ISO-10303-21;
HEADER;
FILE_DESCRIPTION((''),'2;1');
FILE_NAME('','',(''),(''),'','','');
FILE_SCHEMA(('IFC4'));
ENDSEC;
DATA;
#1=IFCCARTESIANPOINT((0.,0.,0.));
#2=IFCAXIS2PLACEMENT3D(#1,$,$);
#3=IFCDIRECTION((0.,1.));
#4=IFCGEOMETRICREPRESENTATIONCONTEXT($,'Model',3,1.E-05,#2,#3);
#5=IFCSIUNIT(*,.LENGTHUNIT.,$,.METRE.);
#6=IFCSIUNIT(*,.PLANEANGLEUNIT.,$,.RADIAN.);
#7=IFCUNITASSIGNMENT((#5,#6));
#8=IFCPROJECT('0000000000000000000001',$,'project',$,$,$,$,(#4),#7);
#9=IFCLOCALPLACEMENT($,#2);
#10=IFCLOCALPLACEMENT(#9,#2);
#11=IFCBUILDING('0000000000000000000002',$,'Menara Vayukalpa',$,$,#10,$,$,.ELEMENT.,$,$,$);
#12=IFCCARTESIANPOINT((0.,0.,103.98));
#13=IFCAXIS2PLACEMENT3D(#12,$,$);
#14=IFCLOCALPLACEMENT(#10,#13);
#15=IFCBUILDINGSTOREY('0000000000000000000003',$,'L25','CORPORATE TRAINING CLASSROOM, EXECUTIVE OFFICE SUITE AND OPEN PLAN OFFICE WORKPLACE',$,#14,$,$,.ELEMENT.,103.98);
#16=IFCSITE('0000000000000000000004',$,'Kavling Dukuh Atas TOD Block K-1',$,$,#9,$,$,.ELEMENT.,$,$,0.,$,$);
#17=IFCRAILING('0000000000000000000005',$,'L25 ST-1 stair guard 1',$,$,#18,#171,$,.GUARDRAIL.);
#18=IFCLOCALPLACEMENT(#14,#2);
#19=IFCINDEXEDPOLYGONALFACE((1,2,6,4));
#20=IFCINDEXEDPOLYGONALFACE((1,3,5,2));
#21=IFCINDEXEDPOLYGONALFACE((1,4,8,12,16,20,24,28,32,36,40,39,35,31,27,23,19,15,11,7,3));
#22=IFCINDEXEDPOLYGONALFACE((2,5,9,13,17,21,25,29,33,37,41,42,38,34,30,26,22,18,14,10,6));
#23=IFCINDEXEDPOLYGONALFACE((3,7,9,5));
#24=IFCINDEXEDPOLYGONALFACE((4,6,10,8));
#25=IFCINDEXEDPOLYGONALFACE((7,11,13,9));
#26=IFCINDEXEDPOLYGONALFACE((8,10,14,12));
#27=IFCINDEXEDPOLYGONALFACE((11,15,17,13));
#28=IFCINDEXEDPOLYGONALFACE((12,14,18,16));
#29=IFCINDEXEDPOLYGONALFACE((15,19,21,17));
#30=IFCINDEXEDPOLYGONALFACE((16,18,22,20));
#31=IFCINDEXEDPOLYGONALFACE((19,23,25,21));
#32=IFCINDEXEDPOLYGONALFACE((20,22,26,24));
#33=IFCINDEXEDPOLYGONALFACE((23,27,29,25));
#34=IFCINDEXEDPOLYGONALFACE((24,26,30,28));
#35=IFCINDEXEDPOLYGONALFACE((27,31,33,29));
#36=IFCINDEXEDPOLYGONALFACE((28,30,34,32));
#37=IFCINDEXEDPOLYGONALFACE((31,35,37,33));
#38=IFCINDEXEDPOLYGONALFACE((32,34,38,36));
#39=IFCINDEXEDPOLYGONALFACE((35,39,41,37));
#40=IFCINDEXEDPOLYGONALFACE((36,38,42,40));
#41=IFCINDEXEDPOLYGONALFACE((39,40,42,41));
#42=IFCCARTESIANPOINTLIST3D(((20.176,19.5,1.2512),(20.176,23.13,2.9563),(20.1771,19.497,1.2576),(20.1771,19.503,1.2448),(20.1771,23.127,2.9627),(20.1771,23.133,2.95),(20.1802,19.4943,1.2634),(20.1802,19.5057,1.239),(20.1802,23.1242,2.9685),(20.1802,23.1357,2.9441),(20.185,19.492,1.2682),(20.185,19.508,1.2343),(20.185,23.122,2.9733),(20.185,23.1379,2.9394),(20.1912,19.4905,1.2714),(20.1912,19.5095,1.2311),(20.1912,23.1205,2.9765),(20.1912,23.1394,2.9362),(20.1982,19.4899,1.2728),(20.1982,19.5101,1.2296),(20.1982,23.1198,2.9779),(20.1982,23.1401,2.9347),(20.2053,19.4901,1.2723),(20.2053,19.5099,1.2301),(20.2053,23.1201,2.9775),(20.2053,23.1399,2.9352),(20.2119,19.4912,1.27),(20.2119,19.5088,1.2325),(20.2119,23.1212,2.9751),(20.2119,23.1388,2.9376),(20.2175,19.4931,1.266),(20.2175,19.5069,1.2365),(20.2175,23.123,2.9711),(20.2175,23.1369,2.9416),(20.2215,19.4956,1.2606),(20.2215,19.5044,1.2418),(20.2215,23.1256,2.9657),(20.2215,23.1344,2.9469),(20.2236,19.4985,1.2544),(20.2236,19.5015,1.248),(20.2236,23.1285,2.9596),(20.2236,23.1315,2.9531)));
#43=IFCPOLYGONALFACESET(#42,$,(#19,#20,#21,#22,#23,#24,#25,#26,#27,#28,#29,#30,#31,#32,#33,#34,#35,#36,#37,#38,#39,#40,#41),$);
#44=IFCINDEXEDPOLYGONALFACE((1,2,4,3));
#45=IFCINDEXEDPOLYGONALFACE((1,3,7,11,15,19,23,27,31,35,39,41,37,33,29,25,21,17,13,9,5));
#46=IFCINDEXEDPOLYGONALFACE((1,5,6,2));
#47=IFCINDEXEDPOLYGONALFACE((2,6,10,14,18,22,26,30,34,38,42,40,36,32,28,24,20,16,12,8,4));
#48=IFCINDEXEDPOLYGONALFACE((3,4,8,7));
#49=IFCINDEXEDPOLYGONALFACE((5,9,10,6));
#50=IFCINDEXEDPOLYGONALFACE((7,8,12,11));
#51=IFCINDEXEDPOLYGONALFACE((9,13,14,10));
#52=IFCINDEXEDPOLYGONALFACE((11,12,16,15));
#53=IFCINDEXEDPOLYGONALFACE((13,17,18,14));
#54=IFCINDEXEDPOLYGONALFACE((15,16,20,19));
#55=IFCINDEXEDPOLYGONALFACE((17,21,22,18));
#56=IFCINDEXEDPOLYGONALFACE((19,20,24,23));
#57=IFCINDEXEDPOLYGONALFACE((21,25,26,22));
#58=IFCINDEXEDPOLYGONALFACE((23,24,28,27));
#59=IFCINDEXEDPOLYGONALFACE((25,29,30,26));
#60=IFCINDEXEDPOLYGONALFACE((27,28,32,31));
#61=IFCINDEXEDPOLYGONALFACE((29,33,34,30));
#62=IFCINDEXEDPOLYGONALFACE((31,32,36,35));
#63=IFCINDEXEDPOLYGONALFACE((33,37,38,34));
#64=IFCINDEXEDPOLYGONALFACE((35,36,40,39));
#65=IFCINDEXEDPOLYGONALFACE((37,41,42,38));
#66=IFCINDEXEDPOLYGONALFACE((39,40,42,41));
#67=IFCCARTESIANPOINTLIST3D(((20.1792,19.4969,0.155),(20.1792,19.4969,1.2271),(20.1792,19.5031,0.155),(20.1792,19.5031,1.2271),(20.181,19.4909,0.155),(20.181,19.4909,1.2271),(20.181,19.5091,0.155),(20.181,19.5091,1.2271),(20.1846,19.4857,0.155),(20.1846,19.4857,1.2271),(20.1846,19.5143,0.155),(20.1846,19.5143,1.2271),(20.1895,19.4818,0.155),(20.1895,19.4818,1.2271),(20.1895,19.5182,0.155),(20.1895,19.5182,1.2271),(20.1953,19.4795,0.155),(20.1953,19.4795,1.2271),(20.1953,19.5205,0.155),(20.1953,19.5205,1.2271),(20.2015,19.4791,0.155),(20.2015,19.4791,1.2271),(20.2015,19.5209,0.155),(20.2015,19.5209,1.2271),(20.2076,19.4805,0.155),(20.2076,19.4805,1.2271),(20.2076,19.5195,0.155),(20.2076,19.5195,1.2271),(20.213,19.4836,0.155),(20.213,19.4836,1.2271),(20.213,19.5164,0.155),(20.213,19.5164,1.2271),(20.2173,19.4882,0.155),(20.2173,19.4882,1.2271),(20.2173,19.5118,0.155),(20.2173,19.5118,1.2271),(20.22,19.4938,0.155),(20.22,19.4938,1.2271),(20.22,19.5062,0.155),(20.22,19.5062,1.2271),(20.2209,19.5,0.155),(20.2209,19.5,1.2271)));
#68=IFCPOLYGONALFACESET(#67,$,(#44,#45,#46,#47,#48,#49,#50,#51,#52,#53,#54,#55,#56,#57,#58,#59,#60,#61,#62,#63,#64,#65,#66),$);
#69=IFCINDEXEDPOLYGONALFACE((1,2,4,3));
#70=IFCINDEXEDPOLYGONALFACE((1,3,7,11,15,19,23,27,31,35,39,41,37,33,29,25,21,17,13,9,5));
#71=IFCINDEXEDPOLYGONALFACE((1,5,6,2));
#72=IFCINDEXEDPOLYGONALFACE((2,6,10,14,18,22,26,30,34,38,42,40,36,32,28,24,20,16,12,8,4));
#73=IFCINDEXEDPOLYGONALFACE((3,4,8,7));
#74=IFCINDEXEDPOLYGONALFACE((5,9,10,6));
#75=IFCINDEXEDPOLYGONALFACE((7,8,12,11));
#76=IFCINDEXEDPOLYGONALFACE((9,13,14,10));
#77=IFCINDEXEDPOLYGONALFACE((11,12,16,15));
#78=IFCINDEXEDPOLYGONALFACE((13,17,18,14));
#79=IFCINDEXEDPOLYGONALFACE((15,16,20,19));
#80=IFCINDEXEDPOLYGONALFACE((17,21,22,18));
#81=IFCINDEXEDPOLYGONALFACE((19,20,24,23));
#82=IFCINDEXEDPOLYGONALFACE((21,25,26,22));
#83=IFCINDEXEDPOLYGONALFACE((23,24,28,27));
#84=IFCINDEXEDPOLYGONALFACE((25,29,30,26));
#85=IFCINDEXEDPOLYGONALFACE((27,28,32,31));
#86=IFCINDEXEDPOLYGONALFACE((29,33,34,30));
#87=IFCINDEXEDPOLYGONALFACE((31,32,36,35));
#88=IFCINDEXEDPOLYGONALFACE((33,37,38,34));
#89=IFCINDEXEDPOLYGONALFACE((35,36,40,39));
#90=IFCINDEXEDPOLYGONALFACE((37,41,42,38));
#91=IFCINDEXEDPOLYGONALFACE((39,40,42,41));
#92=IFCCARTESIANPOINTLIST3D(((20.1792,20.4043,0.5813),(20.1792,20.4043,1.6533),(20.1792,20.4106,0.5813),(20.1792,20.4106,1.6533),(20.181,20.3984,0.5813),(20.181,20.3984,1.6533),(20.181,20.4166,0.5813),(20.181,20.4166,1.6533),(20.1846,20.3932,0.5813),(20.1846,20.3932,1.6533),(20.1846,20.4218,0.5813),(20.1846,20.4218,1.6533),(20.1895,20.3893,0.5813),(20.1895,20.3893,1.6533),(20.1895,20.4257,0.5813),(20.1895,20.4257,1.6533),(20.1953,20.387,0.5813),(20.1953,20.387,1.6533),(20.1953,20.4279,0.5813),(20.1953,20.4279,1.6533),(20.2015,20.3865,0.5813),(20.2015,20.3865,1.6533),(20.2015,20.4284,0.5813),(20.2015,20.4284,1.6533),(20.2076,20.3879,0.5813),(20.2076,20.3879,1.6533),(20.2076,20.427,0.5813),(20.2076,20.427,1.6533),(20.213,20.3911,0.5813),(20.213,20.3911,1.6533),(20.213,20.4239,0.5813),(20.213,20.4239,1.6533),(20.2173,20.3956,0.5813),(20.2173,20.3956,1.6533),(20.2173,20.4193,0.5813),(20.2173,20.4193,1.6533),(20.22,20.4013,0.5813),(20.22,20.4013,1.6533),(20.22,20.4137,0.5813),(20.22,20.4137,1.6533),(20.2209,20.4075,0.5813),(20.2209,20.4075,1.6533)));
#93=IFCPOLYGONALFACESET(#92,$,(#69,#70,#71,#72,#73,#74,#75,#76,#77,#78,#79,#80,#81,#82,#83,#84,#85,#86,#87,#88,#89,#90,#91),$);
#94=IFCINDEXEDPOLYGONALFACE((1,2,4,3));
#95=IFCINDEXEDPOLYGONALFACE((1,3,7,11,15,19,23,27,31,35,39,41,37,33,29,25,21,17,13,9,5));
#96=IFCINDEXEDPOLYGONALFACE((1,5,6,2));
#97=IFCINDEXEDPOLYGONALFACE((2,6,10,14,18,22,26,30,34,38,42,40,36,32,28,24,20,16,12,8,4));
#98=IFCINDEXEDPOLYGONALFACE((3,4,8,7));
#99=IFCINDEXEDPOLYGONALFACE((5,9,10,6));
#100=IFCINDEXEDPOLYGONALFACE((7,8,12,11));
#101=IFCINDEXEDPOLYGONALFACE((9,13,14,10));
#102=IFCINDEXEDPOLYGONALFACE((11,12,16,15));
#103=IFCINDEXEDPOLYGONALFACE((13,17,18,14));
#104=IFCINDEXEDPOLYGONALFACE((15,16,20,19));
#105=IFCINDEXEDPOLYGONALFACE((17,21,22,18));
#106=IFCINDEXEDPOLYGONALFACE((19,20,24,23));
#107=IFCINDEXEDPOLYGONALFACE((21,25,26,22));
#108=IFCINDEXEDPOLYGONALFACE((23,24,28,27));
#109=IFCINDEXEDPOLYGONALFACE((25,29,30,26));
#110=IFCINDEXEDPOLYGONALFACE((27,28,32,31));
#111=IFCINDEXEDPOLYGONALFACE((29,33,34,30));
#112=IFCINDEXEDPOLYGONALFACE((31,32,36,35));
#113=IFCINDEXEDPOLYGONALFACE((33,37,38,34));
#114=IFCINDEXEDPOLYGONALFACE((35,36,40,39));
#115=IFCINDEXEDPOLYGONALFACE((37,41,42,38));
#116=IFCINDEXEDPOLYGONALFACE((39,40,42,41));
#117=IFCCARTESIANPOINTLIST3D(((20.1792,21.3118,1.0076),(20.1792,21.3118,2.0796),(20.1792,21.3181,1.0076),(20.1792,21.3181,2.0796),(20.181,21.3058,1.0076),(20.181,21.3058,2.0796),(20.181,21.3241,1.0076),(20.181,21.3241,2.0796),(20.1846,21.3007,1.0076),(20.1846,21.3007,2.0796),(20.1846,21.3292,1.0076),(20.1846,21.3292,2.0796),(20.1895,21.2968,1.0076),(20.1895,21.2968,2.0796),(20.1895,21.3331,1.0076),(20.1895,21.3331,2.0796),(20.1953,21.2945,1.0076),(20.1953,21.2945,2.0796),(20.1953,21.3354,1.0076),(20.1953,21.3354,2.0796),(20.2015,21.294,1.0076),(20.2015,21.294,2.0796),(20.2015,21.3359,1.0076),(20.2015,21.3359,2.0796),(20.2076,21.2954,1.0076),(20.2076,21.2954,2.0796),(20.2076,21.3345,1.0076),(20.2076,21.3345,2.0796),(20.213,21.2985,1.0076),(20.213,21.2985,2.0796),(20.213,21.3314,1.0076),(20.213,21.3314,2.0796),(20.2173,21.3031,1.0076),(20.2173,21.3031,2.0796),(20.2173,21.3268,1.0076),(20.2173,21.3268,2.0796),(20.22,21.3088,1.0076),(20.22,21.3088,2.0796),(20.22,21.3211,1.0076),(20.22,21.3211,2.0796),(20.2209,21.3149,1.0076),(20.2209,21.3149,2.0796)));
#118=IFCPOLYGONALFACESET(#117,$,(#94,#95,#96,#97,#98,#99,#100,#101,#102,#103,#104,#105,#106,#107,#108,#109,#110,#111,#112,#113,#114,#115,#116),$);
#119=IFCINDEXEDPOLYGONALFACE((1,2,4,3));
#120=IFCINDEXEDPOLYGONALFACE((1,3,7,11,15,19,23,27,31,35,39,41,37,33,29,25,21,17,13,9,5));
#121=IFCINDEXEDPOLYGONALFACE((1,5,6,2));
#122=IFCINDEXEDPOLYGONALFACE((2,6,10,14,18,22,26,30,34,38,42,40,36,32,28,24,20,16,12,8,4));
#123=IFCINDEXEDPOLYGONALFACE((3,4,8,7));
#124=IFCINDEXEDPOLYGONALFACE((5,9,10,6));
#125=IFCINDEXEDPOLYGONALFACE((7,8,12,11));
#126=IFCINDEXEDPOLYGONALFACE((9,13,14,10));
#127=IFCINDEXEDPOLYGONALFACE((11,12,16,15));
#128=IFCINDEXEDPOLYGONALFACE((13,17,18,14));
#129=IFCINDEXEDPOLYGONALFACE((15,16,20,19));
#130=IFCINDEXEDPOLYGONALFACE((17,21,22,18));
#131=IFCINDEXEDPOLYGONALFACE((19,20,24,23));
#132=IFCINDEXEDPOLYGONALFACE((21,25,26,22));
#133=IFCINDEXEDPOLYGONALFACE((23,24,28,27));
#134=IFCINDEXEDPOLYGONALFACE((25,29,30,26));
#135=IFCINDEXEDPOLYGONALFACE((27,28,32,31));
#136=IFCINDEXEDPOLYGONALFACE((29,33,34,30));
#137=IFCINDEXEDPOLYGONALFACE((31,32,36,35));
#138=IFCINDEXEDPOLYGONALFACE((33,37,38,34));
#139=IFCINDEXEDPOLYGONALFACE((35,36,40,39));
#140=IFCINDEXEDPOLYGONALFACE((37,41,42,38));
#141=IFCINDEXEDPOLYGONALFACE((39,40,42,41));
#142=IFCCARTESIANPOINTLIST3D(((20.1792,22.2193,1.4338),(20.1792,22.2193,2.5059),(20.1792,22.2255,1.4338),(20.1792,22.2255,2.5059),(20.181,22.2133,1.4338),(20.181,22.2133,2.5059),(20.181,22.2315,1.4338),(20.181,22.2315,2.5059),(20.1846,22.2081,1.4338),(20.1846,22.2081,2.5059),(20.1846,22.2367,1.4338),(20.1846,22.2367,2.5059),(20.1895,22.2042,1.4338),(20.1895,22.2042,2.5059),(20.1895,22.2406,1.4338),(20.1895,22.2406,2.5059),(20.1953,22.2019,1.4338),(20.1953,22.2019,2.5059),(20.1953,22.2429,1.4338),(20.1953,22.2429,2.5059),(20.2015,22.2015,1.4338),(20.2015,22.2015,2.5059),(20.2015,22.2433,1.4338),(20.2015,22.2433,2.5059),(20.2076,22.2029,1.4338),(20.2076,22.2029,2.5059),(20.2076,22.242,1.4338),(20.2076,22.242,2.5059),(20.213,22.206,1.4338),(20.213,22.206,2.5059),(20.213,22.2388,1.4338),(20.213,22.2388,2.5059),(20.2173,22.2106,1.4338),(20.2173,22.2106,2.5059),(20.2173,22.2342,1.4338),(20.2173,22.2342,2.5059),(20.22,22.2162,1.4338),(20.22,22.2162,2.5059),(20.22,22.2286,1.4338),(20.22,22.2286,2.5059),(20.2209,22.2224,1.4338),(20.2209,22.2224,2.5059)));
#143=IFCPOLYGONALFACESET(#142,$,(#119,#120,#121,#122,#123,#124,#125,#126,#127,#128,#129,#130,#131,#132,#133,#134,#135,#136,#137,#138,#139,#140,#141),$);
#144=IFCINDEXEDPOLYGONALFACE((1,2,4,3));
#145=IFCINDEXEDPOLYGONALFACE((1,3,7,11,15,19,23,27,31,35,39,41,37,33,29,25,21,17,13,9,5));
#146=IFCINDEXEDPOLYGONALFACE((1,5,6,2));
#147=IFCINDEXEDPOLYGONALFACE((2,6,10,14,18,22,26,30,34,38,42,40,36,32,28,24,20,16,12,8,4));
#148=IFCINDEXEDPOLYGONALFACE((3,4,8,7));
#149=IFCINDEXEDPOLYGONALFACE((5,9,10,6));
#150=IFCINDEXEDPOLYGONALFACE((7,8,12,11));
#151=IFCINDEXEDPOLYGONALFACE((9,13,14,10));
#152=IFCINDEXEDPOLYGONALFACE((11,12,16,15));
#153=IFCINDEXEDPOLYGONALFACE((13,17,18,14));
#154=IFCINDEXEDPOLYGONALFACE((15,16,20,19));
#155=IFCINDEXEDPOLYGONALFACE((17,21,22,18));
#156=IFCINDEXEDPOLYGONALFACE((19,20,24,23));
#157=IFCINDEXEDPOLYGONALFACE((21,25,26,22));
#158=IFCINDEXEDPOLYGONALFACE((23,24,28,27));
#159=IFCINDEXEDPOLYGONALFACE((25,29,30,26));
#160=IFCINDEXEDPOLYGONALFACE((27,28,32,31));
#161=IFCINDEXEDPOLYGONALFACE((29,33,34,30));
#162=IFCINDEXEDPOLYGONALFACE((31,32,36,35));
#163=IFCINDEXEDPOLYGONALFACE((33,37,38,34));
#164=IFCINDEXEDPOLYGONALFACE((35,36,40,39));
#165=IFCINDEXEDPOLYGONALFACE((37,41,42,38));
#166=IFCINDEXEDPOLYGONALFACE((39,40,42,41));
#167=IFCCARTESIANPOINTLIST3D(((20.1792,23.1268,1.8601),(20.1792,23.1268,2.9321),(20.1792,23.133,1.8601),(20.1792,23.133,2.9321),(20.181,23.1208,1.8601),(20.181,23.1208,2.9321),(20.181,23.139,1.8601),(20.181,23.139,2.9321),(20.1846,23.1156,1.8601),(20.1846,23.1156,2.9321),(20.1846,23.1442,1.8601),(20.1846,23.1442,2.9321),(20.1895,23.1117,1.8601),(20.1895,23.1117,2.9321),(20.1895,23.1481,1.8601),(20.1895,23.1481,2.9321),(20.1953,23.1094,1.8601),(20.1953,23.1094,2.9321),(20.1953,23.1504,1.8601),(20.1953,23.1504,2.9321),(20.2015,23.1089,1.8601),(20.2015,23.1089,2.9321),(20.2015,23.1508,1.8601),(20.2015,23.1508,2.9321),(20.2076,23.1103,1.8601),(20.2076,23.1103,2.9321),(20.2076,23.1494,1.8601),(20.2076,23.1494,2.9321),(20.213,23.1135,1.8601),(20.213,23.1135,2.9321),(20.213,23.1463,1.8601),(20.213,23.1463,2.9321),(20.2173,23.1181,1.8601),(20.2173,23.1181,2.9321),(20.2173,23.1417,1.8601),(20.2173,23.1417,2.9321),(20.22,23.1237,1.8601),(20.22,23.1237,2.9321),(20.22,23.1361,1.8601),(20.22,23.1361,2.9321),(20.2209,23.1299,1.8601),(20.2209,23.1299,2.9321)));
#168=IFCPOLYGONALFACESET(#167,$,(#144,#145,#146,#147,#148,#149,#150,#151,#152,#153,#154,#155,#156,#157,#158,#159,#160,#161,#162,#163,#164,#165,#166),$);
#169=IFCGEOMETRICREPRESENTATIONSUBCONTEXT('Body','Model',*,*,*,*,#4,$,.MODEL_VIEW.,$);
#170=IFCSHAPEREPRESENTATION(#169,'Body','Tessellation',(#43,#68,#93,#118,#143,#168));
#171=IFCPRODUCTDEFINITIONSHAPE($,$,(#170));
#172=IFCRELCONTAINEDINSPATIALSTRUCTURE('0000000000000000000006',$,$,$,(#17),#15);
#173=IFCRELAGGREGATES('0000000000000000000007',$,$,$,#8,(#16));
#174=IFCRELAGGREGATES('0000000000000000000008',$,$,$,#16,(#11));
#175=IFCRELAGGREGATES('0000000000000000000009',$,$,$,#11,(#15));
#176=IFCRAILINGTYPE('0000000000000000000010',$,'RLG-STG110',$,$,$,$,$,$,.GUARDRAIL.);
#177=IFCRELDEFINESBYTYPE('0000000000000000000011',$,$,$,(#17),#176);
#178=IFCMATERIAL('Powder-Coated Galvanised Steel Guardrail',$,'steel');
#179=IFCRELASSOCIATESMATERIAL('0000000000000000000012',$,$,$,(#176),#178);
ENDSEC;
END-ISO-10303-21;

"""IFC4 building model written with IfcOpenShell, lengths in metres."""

from ifc_helpers import new_model, si_unit, direction, frame, origin, origin_2d, place, context, subcontext, project, spatial, circle, extrude, material, type_object, element, save


model = new_model("IFC4")

# Units and contexts
model_context = context("Model", 3, precision=1e-05, world=origin(), true_north=direction((0.0, 1.0)))
body_context = subcontext(model_context, "Body", "Model", "MODEL_VIEW")
ifc_project = project(units=[si_unit("LENGTHUNIT", "METRE"), si_unit("PLANEANGLEUNIT", "RADIAN")], contexts=[model_context])

# Site, building, storey
site_placement = place(None, origin())
site = spatial("IfcSite", under=ifc_project, at=site_placement, Name="Kavling Dukuh Atas TOD Block K-1", CompositionType="ELEMENT", RefElevation=0.0)
building_placement = place(site_placement, origin())
building = spatial("IfcBuilding", under=site, at=building_placement, Name="Menara Vayukalpa", CompositionType="ELEMENT")
storey_placement = place(building_placement, frame((0.0, 0.0, 103.98)))
storey = spatial("IfcBuildingStorey", under=building, at=storey_placement, Name="L25", Description="CORPORATE TRAINING CLASSROOM, EXECUTIVE OFFICE SUITE AND OPEN PLAN OFFICE WORKPLACE", CompositionType="ELEMENT", Elevation=103.98)

# Railing
ifc_material_1 = material(Name="Powder-Coated Galvanised Steel Guardrail", Category="steel")
railing_type_1 = type_object("IfcRailingType", Name="RLG-STG110", PredefinedType="GUARDRAIL", material=ifc_material_1)
railing_1_placement = place(storey_placement, frame((20.2, 19.5, 0.155)))
element("IfcRailing", 1, at=railing_1_placement, inside=storey, type_object=railing_type_1, Name="L25 ST-1 stair guard 1", PredefinedType="GUARDRAIL", context=body_context, shape_type="SweptSolid", body=[
    extrude(circle(Radius=0.0239, at=origin_2d()), frame((0.0, 0.0, 1.0962), z_axis=(0.0, 0.905116, 0.425164), x_axis=(-1.0, 0.0, 0.0)), (0.0, 0.0, 1.0), 4.0105),
    extrude(circle(Radius=0.021, at=origin_2d()), origin(), (0.0, 0.0, 1.0), 1.072),
    extrude(circle(Radius=0.021, at=origin_2d()), frame((0.0, 0.9075, 0.4263)), (0.0, 0.0, 1.0), 1.072),
    extrude(circle(Radius=0.021, at=origin_2d()), frame((0.0, 1.8149, 0.8525)), (0.0, 0.0, 1.0), 1.072),
    extrude(circle(Radius=0.021, at=origin_2d()), frame((0.0, 2.7224, 1.2788)), (0.0, 0.0, 1.0), 1.072),
    extrude(circle(Radius=0.021, at=origin_2d()), frame((0.0, 3.6299, 1.7051)), (0.0, 0.0, 1.0), 1.072),
])

save(model, "model.ifc")
